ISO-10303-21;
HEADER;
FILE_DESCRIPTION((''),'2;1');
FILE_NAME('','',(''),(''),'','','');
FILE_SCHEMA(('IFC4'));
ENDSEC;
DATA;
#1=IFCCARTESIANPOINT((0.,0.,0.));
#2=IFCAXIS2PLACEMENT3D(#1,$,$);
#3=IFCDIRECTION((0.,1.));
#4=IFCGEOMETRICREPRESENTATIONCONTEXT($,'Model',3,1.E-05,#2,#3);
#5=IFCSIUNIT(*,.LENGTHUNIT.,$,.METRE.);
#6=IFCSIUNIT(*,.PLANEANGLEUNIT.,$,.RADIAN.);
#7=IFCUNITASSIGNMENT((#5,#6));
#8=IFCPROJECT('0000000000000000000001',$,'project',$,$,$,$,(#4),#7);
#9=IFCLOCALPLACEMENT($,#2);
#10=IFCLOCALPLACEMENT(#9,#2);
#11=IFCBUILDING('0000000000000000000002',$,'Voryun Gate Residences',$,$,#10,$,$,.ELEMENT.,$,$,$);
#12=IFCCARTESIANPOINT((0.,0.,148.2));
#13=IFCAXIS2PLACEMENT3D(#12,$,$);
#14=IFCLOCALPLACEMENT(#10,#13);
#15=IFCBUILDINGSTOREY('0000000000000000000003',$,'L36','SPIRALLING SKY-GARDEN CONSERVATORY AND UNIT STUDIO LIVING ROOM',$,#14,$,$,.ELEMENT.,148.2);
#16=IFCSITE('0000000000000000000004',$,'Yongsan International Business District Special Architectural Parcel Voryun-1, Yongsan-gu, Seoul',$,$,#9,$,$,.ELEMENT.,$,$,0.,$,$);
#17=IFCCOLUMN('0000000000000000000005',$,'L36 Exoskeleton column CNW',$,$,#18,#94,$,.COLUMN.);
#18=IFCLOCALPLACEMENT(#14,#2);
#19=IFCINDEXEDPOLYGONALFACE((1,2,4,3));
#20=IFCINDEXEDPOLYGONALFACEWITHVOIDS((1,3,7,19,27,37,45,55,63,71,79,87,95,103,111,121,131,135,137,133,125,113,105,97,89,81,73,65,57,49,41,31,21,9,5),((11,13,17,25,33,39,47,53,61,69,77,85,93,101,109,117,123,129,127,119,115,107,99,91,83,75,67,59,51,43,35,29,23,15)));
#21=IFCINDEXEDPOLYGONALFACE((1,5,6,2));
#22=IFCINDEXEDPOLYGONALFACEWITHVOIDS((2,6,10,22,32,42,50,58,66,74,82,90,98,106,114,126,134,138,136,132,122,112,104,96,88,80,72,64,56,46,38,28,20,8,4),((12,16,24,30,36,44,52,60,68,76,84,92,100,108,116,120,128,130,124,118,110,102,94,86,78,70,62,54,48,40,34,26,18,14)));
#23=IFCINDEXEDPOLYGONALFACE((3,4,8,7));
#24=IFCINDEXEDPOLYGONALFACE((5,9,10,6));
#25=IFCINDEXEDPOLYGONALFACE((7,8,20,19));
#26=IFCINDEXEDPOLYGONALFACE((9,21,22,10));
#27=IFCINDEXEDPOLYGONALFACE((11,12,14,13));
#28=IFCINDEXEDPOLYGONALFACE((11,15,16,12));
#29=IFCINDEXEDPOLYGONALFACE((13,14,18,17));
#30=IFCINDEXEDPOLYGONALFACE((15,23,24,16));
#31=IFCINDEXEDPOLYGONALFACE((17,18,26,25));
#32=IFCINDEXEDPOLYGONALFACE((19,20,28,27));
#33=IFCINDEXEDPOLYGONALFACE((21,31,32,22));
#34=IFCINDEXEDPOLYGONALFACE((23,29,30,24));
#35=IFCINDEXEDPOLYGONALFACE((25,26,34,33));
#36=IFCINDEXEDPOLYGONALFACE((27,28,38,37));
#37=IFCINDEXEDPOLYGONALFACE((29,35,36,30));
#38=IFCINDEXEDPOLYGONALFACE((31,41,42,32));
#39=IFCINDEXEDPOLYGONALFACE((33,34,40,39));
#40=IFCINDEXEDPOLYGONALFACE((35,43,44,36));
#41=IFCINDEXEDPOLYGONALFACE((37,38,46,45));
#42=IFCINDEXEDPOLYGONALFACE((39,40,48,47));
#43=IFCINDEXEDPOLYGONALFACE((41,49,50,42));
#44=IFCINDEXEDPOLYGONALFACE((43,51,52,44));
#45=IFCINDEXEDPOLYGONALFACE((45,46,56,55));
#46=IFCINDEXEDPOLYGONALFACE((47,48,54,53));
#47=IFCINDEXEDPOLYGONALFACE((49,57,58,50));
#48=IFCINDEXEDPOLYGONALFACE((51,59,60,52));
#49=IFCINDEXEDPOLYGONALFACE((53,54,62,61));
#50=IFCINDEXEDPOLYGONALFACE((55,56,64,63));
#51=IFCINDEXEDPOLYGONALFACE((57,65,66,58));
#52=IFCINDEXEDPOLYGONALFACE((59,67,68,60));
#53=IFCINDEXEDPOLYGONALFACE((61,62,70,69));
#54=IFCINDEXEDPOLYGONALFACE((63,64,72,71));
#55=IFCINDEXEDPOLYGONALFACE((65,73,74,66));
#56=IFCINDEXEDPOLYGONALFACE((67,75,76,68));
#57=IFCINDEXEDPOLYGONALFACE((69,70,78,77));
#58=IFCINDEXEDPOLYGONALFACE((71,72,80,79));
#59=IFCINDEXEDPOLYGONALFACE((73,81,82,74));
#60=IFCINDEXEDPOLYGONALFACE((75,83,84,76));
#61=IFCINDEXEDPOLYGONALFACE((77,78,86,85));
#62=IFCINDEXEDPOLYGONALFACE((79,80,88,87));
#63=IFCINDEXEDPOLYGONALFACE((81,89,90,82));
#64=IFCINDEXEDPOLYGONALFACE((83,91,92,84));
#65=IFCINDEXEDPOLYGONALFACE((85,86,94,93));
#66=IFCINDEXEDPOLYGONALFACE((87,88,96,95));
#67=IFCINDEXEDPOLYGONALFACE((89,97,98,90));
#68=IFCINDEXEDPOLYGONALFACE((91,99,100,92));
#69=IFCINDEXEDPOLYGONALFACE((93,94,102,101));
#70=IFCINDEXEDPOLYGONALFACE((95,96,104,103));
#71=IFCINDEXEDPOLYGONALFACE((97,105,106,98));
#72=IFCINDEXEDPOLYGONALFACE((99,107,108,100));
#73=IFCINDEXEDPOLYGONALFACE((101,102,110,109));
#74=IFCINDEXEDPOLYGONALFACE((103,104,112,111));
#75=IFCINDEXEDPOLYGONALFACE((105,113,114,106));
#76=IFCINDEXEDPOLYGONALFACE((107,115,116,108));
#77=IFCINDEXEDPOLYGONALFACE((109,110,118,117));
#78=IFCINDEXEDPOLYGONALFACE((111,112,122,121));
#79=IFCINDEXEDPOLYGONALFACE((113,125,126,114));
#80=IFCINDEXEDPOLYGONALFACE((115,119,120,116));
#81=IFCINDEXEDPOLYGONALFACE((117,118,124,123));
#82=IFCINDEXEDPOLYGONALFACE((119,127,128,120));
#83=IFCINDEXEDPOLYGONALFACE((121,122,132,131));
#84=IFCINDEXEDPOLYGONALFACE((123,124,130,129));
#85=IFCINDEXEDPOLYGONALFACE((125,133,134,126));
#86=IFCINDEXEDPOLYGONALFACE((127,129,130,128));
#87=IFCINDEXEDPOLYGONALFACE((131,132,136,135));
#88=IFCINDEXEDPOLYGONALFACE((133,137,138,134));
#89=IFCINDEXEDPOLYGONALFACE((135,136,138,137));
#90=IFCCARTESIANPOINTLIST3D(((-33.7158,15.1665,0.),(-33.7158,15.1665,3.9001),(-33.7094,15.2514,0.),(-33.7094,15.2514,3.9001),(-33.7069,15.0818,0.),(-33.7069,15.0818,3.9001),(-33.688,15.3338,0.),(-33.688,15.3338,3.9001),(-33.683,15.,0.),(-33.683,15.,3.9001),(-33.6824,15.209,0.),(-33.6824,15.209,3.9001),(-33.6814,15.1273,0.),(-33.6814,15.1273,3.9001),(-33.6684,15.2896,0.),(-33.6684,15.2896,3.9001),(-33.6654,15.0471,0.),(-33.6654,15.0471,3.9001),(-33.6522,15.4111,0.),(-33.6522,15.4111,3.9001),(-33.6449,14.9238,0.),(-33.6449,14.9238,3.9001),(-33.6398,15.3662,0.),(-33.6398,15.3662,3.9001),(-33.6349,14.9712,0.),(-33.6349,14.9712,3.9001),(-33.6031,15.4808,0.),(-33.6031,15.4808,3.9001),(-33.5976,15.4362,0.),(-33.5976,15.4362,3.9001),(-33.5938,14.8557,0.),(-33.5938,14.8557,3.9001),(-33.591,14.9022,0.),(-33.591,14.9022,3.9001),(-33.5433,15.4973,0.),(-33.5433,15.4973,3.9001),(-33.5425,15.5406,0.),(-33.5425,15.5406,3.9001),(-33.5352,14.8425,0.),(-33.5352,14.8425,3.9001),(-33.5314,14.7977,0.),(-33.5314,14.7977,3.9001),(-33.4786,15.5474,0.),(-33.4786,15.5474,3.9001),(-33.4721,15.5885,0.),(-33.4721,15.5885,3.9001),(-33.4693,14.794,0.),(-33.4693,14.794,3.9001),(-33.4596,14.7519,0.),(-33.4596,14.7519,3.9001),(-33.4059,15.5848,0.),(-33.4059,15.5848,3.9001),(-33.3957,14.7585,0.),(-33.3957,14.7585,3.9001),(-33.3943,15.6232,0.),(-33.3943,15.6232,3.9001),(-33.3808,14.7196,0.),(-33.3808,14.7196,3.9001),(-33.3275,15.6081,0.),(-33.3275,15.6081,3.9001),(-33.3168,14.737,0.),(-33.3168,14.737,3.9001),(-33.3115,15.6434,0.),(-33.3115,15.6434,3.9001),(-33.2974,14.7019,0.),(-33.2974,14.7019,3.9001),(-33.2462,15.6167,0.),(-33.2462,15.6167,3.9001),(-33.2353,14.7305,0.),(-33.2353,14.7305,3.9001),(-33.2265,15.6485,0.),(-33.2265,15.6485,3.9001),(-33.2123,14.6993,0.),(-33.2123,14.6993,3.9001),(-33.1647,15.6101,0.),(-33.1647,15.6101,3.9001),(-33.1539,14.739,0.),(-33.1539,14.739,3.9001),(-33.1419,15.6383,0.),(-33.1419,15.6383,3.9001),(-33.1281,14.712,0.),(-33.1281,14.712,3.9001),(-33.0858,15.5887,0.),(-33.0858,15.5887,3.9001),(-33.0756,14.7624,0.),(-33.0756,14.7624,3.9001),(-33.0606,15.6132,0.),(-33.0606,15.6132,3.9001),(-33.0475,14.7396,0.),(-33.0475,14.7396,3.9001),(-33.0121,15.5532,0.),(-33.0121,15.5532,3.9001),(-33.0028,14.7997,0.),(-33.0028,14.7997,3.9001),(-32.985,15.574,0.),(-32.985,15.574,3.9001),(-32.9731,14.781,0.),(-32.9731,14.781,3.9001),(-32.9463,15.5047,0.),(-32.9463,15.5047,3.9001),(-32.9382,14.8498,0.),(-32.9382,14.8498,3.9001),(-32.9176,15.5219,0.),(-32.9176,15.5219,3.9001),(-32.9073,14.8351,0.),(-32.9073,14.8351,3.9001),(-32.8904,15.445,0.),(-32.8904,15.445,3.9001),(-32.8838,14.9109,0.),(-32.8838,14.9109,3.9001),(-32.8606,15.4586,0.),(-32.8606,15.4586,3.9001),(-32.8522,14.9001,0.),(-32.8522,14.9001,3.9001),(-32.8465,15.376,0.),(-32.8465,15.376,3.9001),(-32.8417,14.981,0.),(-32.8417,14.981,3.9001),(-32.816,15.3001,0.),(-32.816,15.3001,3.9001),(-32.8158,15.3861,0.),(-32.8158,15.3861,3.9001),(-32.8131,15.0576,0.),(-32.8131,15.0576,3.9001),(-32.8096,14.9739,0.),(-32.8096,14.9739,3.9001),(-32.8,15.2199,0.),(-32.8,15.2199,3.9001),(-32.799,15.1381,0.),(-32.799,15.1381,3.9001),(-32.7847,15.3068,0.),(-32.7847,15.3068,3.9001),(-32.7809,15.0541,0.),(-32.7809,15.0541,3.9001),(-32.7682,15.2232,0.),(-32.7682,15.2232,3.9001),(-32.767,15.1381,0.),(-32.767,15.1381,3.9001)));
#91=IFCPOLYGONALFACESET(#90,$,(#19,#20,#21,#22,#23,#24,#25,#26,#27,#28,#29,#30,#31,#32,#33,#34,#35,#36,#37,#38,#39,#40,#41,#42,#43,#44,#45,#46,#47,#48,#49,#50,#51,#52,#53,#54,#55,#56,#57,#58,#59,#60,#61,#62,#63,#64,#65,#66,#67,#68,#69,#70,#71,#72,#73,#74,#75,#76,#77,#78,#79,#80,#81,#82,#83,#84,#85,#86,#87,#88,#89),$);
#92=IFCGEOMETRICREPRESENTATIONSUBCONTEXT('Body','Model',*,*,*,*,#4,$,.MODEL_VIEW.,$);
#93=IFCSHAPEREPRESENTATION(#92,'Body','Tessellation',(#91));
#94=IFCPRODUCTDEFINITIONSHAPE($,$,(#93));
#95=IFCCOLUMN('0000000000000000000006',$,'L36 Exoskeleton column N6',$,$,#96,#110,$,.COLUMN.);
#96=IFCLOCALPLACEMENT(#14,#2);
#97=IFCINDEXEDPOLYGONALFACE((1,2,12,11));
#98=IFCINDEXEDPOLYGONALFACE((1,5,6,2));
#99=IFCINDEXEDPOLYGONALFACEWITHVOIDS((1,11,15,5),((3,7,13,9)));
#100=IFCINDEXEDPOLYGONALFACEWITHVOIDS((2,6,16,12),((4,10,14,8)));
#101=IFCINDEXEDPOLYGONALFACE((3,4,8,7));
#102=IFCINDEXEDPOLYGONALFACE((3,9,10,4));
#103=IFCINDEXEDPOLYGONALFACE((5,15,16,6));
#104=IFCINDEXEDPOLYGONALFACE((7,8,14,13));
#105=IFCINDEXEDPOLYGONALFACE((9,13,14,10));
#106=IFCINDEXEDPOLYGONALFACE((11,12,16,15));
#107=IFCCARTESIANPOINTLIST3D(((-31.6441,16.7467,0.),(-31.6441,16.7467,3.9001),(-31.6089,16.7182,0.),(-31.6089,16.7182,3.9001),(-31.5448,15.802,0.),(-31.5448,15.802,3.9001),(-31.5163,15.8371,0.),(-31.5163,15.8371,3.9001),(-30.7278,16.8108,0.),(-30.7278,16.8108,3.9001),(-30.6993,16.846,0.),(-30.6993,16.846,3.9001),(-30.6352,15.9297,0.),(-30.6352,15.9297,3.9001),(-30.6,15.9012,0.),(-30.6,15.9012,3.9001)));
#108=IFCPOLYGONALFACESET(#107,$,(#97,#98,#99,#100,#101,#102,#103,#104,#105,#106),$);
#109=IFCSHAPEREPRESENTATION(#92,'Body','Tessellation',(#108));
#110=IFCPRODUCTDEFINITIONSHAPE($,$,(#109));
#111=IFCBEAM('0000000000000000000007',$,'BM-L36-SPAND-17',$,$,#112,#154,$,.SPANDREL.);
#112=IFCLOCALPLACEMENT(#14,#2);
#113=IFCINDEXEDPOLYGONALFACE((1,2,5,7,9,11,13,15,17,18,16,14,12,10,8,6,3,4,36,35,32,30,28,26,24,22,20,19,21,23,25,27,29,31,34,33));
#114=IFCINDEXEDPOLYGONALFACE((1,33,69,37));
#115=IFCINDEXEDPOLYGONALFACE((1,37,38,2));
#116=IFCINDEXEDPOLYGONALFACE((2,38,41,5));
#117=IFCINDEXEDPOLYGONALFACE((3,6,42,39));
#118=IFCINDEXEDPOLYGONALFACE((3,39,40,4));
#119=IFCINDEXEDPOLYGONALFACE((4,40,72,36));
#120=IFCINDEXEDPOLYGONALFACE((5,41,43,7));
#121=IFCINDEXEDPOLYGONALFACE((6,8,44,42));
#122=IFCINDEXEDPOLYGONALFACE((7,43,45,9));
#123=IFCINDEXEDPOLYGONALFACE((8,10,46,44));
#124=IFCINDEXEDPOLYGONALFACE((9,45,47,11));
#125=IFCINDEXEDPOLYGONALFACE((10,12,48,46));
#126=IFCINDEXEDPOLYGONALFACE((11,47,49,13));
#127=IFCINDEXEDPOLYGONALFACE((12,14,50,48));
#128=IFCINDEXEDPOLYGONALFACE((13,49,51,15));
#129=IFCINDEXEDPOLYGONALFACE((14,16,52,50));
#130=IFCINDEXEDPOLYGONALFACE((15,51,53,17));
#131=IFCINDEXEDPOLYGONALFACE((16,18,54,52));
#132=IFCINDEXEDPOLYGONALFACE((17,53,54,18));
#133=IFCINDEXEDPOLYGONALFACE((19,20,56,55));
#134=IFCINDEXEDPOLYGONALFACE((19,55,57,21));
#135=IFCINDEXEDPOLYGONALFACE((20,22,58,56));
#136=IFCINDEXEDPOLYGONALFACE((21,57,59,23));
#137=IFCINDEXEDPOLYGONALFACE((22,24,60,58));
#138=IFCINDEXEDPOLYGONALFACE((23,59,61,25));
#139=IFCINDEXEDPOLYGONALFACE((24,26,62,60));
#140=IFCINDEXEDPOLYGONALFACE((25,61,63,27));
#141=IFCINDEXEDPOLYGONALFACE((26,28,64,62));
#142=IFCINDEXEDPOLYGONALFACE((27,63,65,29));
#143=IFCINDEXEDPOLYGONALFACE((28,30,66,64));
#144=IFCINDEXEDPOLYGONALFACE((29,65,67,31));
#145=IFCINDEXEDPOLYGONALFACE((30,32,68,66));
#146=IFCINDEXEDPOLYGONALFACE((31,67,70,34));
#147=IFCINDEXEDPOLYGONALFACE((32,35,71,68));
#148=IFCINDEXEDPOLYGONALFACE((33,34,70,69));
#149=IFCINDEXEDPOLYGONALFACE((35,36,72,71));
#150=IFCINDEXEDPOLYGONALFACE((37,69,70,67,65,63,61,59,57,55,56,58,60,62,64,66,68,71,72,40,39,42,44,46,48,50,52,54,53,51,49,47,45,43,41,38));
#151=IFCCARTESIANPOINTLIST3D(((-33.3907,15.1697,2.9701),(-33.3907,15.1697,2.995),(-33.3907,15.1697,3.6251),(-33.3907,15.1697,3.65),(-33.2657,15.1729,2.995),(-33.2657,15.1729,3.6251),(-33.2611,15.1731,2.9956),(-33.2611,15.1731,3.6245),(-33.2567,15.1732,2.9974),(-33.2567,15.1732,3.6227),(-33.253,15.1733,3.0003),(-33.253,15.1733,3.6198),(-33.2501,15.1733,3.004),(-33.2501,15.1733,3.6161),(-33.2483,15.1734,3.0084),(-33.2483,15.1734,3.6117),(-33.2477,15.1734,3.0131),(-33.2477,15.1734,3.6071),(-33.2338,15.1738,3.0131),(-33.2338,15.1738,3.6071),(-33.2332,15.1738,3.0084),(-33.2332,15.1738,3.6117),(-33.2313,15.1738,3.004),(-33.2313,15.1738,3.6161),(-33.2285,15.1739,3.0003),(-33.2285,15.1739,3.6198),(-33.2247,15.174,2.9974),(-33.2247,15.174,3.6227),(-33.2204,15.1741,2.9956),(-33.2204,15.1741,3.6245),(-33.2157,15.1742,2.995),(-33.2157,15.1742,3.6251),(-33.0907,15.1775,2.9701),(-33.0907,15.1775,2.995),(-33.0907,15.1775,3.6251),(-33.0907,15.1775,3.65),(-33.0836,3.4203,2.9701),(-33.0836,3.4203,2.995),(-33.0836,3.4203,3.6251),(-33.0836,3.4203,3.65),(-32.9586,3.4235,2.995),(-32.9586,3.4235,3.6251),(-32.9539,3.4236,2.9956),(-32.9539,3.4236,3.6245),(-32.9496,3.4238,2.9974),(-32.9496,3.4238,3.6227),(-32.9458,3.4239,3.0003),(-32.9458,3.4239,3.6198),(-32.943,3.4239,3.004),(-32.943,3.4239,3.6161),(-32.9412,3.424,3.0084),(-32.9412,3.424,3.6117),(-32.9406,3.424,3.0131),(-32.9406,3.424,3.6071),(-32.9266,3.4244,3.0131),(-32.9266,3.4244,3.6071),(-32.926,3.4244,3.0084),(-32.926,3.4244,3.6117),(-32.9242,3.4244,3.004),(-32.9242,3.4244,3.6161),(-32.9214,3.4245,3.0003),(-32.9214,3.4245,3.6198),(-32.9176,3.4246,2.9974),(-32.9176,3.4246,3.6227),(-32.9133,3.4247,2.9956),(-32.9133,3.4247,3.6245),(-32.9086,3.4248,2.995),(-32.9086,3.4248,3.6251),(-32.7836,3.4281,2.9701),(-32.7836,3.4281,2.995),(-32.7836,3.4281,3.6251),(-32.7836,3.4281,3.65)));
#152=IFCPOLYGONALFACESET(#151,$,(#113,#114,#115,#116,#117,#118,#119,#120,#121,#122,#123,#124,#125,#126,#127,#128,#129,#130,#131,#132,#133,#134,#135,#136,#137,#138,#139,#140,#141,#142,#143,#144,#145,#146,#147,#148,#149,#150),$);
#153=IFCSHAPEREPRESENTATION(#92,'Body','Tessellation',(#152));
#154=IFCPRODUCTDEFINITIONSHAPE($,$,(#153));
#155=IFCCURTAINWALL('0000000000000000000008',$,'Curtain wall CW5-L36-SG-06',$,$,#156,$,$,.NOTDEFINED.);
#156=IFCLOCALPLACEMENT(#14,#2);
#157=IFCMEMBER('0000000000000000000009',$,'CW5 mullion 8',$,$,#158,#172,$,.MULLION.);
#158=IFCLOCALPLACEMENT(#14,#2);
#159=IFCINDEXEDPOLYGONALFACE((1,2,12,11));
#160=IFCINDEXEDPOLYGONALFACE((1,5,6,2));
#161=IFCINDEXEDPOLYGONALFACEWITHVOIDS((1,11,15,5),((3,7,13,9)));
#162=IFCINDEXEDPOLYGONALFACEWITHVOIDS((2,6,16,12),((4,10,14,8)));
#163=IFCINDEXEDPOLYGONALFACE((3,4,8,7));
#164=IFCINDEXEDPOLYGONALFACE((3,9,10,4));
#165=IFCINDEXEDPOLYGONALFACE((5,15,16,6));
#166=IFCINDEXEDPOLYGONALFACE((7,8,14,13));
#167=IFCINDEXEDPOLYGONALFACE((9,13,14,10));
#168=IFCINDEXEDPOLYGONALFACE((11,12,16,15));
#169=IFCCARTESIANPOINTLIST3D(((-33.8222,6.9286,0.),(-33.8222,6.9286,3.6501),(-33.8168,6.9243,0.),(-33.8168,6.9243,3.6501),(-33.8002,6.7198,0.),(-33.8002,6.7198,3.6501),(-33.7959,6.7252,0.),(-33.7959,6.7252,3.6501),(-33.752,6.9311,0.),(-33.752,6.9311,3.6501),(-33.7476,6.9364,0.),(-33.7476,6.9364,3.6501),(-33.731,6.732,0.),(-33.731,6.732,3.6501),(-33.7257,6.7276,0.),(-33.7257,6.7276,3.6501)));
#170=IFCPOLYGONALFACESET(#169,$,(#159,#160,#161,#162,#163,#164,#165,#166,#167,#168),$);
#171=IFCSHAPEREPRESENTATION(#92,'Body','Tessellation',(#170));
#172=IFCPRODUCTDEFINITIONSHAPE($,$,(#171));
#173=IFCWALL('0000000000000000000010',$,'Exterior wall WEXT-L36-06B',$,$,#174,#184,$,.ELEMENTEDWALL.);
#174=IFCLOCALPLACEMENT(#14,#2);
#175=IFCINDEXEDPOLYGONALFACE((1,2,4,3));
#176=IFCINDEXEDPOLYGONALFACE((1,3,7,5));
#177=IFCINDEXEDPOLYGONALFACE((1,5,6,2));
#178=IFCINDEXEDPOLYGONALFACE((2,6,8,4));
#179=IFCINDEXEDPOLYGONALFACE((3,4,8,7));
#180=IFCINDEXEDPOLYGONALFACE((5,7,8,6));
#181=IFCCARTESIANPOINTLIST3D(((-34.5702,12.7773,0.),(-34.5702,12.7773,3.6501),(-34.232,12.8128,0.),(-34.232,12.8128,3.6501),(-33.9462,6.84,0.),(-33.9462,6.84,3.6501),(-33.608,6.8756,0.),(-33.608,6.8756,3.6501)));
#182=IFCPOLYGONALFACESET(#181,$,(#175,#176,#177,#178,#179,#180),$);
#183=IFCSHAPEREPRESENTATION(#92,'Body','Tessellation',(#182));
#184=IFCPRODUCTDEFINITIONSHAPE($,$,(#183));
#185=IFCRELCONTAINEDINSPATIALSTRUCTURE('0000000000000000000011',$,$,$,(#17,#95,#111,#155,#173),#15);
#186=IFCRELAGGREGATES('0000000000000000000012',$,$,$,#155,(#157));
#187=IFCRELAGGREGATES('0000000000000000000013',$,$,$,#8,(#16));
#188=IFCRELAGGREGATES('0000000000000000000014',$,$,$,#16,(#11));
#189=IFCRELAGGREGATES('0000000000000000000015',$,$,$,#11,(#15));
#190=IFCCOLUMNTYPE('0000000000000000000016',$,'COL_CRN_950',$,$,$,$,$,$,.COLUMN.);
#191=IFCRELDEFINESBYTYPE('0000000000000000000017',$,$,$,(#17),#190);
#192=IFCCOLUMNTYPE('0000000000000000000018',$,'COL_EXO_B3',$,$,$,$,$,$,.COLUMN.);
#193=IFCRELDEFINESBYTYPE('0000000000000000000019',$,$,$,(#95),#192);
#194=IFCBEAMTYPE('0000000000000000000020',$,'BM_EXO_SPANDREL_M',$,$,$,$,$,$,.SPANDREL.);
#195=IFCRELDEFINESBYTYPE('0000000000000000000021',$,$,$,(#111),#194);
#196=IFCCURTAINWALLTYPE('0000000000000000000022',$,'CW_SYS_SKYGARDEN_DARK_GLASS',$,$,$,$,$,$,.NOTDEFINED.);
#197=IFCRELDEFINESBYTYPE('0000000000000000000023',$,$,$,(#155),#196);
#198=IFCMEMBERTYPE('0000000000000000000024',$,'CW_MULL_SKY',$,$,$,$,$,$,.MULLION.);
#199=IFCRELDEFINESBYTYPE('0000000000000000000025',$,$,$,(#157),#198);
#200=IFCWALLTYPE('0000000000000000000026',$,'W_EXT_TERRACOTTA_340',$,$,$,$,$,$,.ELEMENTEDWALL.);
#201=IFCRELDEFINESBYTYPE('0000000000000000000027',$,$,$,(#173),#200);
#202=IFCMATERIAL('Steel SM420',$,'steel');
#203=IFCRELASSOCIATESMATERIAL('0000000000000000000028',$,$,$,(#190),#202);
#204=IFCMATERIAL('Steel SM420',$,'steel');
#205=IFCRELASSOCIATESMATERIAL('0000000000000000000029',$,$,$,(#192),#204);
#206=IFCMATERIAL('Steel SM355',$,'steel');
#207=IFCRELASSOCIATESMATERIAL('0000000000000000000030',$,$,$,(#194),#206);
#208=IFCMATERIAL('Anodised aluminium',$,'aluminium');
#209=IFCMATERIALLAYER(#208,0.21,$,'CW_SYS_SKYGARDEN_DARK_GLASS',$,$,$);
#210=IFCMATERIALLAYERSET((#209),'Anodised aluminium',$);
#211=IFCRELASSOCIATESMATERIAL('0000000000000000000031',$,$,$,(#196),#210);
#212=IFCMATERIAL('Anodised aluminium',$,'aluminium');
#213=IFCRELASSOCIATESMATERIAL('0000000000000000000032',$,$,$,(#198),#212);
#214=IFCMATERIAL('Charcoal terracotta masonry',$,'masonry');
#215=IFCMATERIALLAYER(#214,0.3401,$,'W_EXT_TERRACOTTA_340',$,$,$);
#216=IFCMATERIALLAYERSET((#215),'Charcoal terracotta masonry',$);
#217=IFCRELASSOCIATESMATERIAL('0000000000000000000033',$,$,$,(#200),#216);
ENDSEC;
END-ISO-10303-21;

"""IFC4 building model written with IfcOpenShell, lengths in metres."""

from ifc_helpers import new_model, si_unit, direction, frame, frame_2d, origin, origin_2d, place, context, subcontext, project, spatial, rectangle, hollow_rectangle, hollow_circle, i_section, extrude, material, layer, layer_set, material_profile, profile_set, type_object, element, aggregate, save


model = new_model("IFC4")

# Units and contexts
model_context = context("Model", 3, precision=1e-05, world=origin(), true_north=direction((0.0, 1.0)))
body_context = subcontext(model_context, "Body", "Model", "MODEL_VIEW")
ifc_project = project(units=[si_unit("LENGTHUNIT", "METRE"), si_unit("PLANEANGLEUNIT", "RADIAN")], contexts=[model_context])

# Site, building, storey
site_placement = place(None, origin())
site = spatial("IfcSite", under=ifc_project, at=site_placement, Name="Yongsan International Business District Special Architectural Parcel Voryun-1, Yongsan-gu, Seoul", CompositionType="ELEMENT", RefElevation=0.0)
building_placement = place(site_placement, origin())
building = spatial("IfcBuilding", under=site, at=building_placement, Name="Voryun Gate Residences", CompositionType="ELEMENT")
storey_placement = place(building_placement, frame((0.0, 0.0, 148.2)))
storey = spatial("IfcBuildingStorey", under=building, at=storey_placement, Name="L36", Description="SPIRALLING SKY-GARDEN CONSERVATORY AND UNIT STUDIO LIVING ROOM", CompositionType="ELEMENT", Elevation=148.2)

# Columns
ifc_material_1 = material(Name="Steel SM420", Category="steel")
ifc_material_profile_1 = material_profile(ifc_material_1, hollow_circle(Radius=0.4751, WallThickness=0.032, at=origin_2d()), Name="CHS-950x32")
ifc_profile_set_1 = profile_set([ifc_material_profile_1], Name="Steel SM420")
column_type_1 = type_object("IfcColumnType", Name="COL_CRN_950", PredefinedType="COLUMN", material=ifc_profile_set_1)
column_1_placement = place(storey_placement, frame((-33.2407, 15.1736, 0.0), z_axis=(0.0, 0.0, 1.0), x_axis=(0.994522, 0.104528, 0.0)))
element("IfcColumn", 1, at=column_1_placement, inside=storey, type_object=column_type_1, Name="L36 Exoskeleton column CNW", PredefinedType="COLUMN", context=body_context, shape_type="SweptSolid", body=[
    extrude(hollow_circle(Radius=0.4751, WallThickness=0.032, at=origin_2d()), origin(), (0.0, 0.0, 1.0), 3.9001),
])
ifc_material_2 = material(Name="Steel SM420", Category="steel")
ifc_material_profile_2 = material_profile(ifc_material_2, hollow_rectangle(XDim=0.95, YDim=0.95, WallThickness=0.032, at=origin_2d()), Name="BOX-950x950x32")
ifc_profile_set_2 = profile_set([ifc_material_profile_2], Name="Steel SM420")
column_type_2 = type_object("IfcColumnType", Name="COL_EXO_B3", PredefinedType="COLUMN", material=ifc_profile_set_2)
column_2_placement = place(storey_placement, frame((-31.1221, 16.324, 0.0), z_axis=(0.0, 0.0, 1.0), x_axis=(0.994522, 0.104528, 0.0)))
element("IfcColumn", 2, at=column_2_placement, inside=storey, type_object=column_type_2, Name="L36 Exoskeleton column N6", PredefinedType="COLUMN", context=body_context, shape_type="SweptSolid", body=[
    extrude(hollow_rectangle(XDim=0.95, YDim=0.95, WallThickness=0.032, at=origin_2d()), origin(), (0.0, 0.0, 1.0), 3.9001),
])

# Beam
ifc_material_3 = material(Name="Steel SM355", Category="steel")
ifc_material_profile_3 = material_profile(ifc_material_3, i_section(OverallWidth=0.3, OverallDepth=0.6799, WebThickness=0.0139, FlangeThickness=0.0249, FilletRadius=0.0181, at=origin_2d()), Name="H-680x300x14x25")
ifc_profile_set_3 = profile_set([ifc_material_profile_3], Name="Steel SM355")
beam_type = type_object("IfcBeamType", Name="BM_EXO_SPANDREL_M", PredefinedType="SPANDREL", material=ifc_profile_set_3)
beam_placement = place(storey_placement, frame((-33.2407, 15.1736, 3.3101), z_axis=(0.026131, -0.999659, 0.0), x_axis=(0.999659, 0.026131, 0.0)))
element("IfcBeam", 3, at=beam_placement, inside=storey, type_object=beam_type, Name="BM-L36-SPAND-17", PredefinedType="SPANDREL", context=body_context, shape_type="SweptSolid", body=[
    extrude(i_section(OverallWidth=0.3, OverallDepth=0.6799, WebThickness=0.0139, FlangeThickness=0.0249, FilletRadius=0.0181, at=origin_2d()), origin(), (0.0, 0.0, 1.0), 11.7534),
])

# Curtain wall, member
ifc_material_4 = material(Name="Anodised aluminium", Category="aluminium")
ifc_layer_1 = layer(ifc_material_4, 0.21, Name="CW_SYS_SKYGARDEN_DARK_GLASS")
ifc_layer_set_1 = layer_set([ifc_layer_1], Name="Anodised aluminium")
curtain_wall_type = type_object("IfcCurtainWallType", Name="CW_SYS_SKYGARDEN_DARK_GLASS", PredefinedType="NOTDEFINED", material=ifc_layer_set_1)
curtain_wall_placement = place(storey_placement, origin())
curtain_wall = element("IfcCurtainWall", 4, at=curtain_wall_placement, inside=storey, type_object=curtain_wall_type, Name="Curtain wall CW5-L36-SG-06", PredefinedType="NOTDEFINED")
ifc_material_5 = material(Name="Anodised aluminium", Category="aluminium")
ifc_material_profile_4 = material_profile(ifc_material_5, hollow_rectangle(XDim=0.075, YDim=0.21, WallThickness=0.0049, at=origin_2d()), Name="ALU-MULL-210x75x5")
ifc_profile_set_4 = profile_set([ifc_material_profile_4], Name="Anodised aluminium")
member_type = type_object("IfcMemberType", Name="CW_MULL_SKY", PredefinedType="MULLION", material=ifc_profile_set_4)
member_placement = place(storey_placement, frame((-33.7739, 6.8281, 0.0), z_axis=(0.0, 0.0, 1.0), x_axis=(-0.994522, -0.10453, 0.0)))
member = element("IfcMember", 5, at=member_placement, type_object=member_type, Name="CW5 mullion 8", PredefinedType="MULLION", context=body_context, shape_type="SweptSolid", body=[
    extrude(hollow_rectangle(XDim=0.075, YDim=0.21, WallThickness=0.0049, at=origin_2d()), origin(), (0.0, 0.0, 1.0), 3.6501),
])
aggregate(curtain_wall, [member])

# Wall
ifc_material_6 = material(Name="Charcoal terracotta masonry", Category="masonry")
ifc_layer_2 = layer(ifc_material_6, 0.3401, Name="W_EXT_TERRACOTTA_340")
ifc_layer_set_2 = layer_set([ifc_layer_2], Name="Charcoal terracotta masonry")
wall_type = type_object("IfcWallType", Name="W_EXT_TERRACOTTA_340", PredefinedType="ELEMENTEDWALL", material=ifc_layer_set_2)
wall_1_placement = place(storey_placement, frame((-33.7771, 6.8579, 0.0), z_axis=(0.0, 0.0, 1.0), x_axis=(-0.104527, 0.994522, 0.0)))
element("IfcWall", 6, at=wall_1_placement, inside=storey, type_object=wall_type, Name="Exterior wall WEXT-L36-06B", PredefinedType="ELEMENTEDWALL", context=body_context, shape_type="SweptSolid", body=[
    extrude(rectangle(XDim=5.97, YDim=0.3401, at=frame_2d((2.9849, 0.0))), origin(), (0.0, 0.0, 1.0), 3.6501),
])

save(model, "model.ifc")
